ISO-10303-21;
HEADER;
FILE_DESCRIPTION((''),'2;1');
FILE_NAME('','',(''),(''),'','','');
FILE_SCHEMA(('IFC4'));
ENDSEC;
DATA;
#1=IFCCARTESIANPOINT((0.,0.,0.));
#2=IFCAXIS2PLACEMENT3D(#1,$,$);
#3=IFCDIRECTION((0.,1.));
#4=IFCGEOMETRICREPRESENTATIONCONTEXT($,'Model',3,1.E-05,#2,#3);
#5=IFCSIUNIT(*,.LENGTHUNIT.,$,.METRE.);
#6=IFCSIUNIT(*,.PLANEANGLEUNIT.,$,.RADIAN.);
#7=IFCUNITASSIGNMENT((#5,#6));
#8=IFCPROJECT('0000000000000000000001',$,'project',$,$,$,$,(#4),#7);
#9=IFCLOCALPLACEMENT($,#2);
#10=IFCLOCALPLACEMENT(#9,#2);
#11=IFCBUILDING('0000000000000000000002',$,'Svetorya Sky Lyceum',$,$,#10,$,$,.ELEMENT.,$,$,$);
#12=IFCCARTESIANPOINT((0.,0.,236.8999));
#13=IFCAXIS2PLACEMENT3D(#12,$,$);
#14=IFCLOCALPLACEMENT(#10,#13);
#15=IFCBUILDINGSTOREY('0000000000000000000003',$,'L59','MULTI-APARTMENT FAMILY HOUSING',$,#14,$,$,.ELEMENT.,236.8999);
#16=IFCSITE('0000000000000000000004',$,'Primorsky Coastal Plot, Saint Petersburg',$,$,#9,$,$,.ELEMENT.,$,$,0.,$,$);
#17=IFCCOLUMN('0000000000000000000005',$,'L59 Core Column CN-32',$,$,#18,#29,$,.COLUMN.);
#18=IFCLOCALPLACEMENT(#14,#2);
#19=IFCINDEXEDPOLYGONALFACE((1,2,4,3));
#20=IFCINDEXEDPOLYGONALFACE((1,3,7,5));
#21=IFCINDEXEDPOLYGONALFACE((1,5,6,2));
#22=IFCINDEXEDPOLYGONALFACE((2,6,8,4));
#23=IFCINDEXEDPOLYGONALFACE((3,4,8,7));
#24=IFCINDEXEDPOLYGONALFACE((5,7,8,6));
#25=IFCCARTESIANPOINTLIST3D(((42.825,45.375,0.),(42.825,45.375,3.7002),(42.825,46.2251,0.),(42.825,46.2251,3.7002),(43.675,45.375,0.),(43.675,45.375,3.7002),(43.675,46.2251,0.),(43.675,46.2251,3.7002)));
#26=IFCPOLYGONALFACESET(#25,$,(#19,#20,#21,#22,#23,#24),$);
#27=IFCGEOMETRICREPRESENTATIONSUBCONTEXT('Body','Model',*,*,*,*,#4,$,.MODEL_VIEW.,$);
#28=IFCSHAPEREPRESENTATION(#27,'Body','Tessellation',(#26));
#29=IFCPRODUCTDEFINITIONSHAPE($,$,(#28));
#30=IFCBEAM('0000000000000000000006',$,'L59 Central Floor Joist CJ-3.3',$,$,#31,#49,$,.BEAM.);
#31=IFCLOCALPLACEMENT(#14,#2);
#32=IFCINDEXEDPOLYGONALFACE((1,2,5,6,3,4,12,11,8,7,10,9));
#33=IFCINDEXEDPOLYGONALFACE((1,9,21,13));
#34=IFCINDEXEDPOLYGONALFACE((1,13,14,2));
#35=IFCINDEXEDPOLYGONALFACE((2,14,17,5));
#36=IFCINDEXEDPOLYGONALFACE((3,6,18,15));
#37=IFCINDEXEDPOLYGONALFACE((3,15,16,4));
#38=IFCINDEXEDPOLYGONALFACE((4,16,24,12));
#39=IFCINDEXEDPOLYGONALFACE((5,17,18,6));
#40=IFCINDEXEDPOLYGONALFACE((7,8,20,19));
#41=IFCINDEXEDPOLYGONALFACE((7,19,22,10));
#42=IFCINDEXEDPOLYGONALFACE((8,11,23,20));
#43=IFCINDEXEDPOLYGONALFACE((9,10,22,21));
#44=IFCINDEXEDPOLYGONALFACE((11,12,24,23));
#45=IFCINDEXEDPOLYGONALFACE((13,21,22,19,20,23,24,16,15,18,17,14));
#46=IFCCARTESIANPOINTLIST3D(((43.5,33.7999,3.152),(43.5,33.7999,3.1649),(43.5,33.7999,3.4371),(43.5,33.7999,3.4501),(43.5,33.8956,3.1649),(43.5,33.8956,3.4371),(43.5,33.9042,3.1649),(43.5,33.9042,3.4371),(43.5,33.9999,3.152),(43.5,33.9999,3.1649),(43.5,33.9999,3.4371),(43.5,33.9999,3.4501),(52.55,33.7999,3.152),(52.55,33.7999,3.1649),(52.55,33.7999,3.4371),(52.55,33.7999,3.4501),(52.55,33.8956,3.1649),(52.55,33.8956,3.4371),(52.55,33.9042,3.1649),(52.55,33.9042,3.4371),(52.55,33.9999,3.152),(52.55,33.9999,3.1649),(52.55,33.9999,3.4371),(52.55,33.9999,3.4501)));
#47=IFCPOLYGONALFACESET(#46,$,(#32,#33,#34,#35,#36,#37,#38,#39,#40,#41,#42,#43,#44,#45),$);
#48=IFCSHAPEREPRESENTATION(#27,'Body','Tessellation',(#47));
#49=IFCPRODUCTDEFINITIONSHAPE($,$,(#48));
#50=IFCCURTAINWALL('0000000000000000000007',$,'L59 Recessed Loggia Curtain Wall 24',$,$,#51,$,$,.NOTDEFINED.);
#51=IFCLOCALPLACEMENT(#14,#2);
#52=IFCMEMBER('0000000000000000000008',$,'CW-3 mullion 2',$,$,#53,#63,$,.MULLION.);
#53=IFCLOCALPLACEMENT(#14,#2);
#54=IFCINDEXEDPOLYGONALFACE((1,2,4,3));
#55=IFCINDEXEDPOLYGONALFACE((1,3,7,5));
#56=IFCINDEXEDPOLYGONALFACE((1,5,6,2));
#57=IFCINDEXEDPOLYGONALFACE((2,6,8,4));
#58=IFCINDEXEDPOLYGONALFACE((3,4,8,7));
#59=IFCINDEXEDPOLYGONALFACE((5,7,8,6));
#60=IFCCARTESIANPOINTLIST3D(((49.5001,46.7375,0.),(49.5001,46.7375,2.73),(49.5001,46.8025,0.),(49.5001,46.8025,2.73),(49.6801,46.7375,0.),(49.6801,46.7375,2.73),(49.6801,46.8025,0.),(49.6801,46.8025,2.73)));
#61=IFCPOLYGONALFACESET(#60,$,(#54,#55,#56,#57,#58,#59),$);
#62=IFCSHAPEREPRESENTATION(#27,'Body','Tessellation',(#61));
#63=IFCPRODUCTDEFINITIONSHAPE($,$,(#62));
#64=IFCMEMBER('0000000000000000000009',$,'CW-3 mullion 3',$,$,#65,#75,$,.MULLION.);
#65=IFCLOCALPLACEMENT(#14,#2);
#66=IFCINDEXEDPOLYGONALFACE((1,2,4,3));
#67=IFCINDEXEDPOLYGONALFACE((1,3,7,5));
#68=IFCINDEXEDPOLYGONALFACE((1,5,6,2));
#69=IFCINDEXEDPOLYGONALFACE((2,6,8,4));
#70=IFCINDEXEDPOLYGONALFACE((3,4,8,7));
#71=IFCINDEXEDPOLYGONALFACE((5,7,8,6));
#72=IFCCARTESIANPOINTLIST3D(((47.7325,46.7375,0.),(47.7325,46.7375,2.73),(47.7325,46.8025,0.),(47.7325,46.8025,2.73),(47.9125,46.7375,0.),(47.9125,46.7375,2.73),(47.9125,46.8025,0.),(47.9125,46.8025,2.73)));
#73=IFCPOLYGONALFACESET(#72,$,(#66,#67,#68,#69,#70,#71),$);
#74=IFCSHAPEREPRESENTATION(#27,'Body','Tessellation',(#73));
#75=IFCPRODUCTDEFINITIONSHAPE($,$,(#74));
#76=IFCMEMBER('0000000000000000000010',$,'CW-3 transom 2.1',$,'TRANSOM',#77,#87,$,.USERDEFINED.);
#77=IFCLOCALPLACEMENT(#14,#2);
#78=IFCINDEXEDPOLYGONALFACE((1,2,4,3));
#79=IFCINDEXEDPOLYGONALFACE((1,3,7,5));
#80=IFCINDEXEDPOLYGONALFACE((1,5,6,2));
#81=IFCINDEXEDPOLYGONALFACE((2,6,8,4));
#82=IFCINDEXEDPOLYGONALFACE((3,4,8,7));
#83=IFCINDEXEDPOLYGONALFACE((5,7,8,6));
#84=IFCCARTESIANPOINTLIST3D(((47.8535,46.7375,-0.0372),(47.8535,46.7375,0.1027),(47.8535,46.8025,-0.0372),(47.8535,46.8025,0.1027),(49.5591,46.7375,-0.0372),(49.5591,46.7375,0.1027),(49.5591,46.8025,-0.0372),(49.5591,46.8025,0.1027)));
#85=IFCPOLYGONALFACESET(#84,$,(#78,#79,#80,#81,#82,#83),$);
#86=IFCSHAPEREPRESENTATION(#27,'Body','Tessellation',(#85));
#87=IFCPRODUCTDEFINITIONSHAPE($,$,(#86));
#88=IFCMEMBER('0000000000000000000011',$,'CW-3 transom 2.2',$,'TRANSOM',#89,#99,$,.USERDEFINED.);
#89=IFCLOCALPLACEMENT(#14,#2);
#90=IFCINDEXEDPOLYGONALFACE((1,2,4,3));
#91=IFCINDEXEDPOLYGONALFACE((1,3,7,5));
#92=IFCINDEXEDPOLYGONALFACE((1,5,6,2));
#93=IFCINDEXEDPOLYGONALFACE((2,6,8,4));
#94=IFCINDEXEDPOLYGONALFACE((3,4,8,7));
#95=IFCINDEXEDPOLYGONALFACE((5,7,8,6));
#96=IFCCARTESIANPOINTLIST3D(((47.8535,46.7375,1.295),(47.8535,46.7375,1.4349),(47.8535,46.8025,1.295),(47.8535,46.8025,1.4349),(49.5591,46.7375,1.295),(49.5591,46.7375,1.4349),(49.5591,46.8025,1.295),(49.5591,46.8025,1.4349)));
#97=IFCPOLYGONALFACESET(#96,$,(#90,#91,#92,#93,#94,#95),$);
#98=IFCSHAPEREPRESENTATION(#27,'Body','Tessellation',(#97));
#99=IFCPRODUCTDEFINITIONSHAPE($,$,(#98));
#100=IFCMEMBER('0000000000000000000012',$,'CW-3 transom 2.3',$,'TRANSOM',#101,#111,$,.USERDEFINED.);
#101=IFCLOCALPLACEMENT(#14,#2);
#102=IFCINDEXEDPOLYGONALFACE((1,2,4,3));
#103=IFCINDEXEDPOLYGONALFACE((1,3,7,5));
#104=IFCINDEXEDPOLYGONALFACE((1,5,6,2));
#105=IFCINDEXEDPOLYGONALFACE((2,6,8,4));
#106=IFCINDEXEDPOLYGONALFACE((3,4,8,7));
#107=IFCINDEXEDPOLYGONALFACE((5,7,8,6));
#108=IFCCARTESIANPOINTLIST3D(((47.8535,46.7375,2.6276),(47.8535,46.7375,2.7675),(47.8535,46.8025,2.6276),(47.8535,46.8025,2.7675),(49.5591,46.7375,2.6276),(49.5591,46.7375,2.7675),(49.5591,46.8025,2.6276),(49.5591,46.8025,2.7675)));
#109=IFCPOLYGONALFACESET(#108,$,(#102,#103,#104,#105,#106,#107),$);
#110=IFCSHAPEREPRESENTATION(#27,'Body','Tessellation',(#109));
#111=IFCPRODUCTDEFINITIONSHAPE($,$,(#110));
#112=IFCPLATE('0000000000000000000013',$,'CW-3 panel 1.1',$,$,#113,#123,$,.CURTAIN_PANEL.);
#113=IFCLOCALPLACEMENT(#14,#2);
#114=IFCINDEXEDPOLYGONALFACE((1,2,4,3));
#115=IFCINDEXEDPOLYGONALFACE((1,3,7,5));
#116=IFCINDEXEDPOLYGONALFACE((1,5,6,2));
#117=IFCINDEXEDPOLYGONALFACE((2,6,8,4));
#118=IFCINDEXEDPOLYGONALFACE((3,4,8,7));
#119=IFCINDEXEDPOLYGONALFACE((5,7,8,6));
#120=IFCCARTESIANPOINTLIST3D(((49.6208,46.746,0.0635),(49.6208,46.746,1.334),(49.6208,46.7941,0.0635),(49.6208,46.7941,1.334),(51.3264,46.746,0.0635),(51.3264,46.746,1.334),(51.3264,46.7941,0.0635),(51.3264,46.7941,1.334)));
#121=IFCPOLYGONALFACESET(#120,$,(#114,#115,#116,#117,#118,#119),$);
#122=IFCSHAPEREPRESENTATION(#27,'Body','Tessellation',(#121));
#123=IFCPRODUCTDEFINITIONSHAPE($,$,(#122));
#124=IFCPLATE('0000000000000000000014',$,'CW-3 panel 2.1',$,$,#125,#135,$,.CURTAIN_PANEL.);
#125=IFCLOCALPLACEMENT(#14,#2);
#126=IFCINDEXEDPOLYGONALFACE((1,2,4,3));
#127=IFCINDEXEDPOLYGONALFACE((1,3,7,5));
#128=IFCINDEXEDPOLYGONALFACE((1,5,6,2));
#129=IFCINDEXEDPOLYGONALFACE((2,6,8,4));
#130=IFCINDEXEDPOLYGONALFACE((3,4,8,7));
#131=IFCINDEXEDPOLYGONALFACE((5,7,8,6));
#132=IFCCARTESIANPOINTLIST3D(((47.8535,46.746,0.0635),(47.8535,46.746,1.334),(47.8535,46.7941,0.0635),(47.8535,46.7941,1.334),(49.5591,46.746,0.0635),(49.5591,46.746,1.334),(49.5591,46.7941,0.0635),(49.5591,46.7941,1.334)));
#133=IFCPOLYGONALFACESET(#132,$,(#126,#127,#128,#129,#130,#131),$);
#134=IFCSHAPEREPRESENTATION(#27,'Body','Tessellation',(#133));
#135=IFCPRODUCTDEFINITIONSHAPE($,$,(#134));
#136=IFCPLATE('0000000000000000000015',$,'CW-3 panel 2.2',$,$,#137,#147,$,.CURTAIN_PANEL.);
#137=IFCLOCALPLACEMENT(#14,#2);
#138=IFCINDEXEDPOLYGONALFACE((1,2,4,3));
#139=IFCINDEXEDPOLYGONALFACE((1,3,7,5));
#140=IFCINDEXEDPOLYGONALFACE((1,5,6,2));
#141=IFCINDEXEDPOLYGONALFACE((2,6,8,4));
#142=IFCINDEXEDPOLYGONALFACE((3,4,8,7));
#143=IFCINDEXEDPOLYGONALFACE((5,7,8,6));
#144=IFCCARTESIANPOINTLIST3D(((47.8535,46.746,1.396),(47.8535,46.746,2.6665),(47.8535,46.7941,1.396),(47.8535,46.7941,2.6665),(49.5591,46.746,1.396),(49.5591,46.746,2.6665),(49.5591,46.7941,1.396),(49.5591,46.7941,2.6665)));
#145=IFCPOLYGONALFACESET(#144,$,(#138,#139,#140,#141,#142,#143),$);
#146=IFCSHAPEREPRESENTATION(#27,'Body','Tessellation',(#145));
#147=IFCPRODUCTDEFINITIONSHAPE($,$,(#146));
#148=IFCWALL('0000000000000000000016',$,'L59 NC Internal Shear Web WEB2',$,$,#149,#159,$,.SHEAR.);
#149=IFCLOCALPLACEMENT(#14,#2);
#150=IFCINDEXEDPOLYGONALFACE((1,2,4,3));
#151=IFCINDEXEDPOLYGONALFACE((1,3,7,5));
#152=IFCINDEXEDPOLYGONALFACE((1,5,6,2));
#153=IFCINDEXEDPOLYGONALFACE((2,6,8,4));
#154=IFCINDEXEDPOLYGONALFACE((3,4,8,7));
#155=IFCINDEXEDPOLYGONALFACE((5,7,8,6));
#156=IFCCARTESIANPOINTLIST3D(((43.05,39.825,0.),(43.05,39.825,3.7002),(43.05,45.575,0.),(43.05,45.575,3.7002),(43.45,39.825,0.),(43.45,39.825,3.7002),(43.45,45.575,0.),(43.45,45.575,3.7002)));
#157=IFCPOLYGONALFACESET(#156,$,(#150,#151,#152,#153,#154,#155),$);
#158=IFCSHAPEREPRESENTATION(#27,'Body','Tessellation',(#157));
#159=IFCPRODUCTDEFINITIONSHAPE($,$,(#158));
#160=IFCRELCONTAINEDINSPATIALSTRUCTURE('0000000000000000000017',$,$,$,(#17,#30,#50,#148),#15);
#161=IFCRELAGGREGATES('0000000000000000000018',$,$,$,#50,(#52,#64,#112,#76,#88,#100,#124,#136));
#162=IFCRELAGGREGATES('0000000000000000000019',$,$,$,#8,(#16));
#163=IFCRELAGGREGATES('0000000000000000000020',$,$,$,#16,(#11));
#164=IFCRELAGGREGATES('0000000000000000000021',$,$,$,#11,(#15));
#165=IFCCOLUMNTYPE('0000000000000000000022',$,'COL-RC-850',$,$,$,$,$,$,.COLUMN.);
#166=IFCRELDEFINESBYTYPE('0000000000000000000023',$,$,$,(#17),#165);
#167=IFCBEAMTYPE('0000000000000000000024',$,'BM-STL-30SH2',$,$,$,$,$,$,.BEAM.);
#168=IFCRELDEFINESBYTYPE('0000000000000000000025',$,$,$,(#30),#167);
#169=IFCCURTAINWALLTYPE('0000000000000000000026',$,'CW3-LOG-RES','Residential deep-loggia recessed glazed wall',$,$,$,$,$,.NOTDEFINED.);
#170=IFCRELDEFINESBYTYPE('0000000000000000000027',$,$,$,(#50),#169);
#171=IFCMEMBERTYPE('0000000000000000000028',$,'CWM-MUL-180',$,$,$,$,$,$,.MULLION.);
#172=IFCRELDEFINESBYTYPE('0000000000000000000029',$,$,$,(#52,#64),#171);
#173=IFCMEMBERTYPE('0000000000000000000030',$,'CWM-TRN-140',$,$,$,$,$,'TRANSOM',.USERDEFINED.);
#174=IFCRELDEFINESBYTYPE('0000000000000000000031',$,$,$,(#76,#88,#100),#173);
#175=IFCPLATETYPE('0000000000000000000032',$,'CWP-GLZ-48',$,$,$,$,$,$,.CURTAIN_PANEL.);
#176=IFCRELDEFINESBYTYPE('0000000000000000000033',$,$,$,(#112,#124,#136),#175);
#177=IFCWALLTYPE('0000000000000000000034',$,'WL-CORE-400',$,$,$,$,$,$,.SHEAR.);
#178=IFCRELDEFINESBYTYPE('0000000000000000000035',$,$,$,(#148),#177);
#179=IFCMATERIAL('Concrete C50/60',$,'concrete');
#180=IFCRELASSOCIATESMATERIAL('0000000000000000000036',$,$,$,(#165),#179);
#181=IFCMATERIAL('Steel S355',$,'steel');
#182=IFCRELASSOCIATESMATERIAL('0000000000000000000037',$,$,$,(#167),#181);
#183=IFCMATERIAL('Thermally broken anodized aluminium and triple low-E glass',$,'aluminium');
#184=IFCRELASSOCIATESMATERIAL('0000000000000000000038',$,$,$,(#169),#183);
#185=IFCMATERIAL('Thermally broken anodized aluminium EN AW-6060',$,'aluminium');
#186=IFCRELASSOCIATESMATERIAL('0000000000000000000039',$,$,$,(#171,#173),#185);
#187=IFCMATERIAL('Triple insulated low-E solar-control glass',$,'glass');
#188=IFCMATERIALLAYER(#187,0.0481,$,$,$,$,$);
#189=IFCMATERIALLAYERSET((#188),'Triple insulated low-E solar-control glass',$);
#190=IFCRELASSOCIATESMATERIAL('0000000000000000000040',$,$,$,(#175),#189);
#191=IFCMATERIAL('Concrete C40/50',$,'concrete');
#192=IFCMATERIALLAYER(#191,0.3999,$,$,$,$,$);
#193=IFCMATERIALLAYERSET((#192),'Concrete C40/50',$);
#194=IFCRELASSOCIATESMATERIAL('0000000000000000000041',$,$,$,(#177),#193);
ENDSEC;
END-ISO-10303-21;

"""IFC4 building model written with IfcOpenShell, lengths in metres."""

from ifc_helpers import new_model, si_unit, direction, frame, frame_2d, origin, origin_2d, place, context, subcontext, project, spatial, rectangle, i_section, extrude, material, layer, layer_set, material_profile, profile_set, type_object, element, aggregate, save


model = new_model("IFC4")

# Units and contexts
model_context = context("Model", 3, precision=1e-05, world=origin(), true_north=direction((0.0, 1.0)))
body_context = subcontext(model_context, "Body", "Model", "MODEL_VIEW")
ifc_project = project(units=[si_unit("LENGTHUNIT", "METRE"), si_unit("PLANEANGLEUNIT", "RADIAN")], contexts=[model_context])

# Site, building, storey
site_placement = place(None, origin())
site = spatial("IfcSite", under=ifc_project, at=site_placement, Name="Primorsky Coastal Plot, Saint Petersburg", CompositionType="ELEMENT", RefElevation=0.0)
building_placement = place(site_placement, origin())
building = spatial("IfcBuilding", under=site, at=building_placement, Name="Svetorya Sky Lyceum", CompositionType="ELEMENT")
storey_placement = place(building_placement, frame((0.0, 0.0, 236.8999)))
storey = spatial("IfcBuildingStorey", under=building, at=storey_placement, Name="L59", Description="MULTI-APARTMENT FAMILY HOUSING", CompositionType="ELEMENT", Elevation=236.8999)

# Column
ifc_material_1 = material(Name="Concrete C50/60", Category="concrete")
ifc_material_profile_1 = material_profile(ifc_material_1, rectangle(XDim=0.8501, YDim=0.8501, at=origin_2d()), Name="RC COL 850x850")
ifc_profile_set_1 = profile_set([ifc_material_profile_1], Name="Concrete C50/60")
column_type = type_object("IfcColumnType", Name="COL-RC-850", PredefinedType="COLUMN", material=ifc_profile_set_1)
column_placement = place(storey_placement, frame((43.25, 45.8, 0.0), z_axis=(0.0, 0.0, 1.0), x_axis=(1.0, 0.0, 0.0)))
element("IfcColumn", 1, at=column_placement, inside=storey, type_object=column_type, Name="L59 Core Column CN-32", PredefinedType="COLUMN", context=body_context, shape_type="SweptSolid", body=[
    extrude(rectangle(XDim=0.8501, YDim=0.8501, at=origin_2d()), origin(), (0.0, 0.0, 1.0), 3.7002),
])

# Beam
ifc_material_2 = material(Name="Steel S355", Category="steel")
ifc_material_profile_2 = material_profile(ifc_material_2, i_section(OverallWidth=0.2, OverallDepth=0.2981, WebThickness=0.0085, FlangeThickness=0.0129, at=origin_2d()), Name="GOST 30Sh2")
ifc_profile_set_2 = profile_set([ifc_material_profile_2], Name="Steel S355")
beam_type = type_object("IfcBeamType", Name="BM-STL-30SH2", PredefinedType="BEAM", material=ifc_profile_set_2)
beam_placement = place(storey_placement, frame((43.5, 33.8999, 3.301), z_axis=(1.0, 0.0, 0.0), x_axis=(0.0, 1.0, 0.0)))
element("IfcBeam", 2, at=beam_placement, inside=storey, type_object=beam_type, Name="L59 Central Floor Joist CJ-3.3", PredefinedType="BEAM", context=body_context, shape_type="SweptSolid", body=[
    extrude(i_section(OverallWidth=0.2, OverallDepth=0.2981, WebThickness=0.0085, FlangeThickness=0.0129, at=origin_2d()), origin(), (0.0, 0.0, 1.0), 9.05),
])

# Curtain wall, members, plates
ifc_material_3 = material(Name="Thermally broken anodized aluminium and triple low-E glass", Category="aluminium")
curtain_wall_type = type_object("IfcCurtainWallType", Name="CW3-LOG-RES", Description="Residential deep-loggia recessed glazed wall", PredefinedType="NOTDEFINED", material=ifc_material_3)
curtain_wall_placement = place(storey_placement, origin())
curtain_wall = element("IfcCurtainWall", 3, at=curtain_wall_placement, inside=storey, type_object=curtain_wall_type, Name="L59 Recessed Loggia Curtain Wall 24", PredefinedType="NOTDEFINED")
ifc_material_4 = material(Name="Thermally broken anodized aluminium EN AW-6060", Category="aluminium")
ifc_material_profile_3 = material_profile(ifc_material_4, rectangle(XDim=0.0649, YDim=0.1799, at=origin_2d()), Name="ALU MULLION 65x180")
ifc_profile_set_3 = profile_set([ifc_material_profile_3], Name="Thermally broken anodized aluminium EN AW-6060")
member_type_1 = type_object("IfcMemberType", Name="CWM-MUL-180", PredefinedType="MULLION", material=ifc_profile_set_3)
member_1_placement = place(storey_placement, frame((49.5901, 46.77, 0.0), z_axis=(0.0, 0.0, 1.0), x_axis=(0.0, -1.0, 0.0)))
member_1 = element("IfcMember", 4, at=member_1_placement, type_object=member_type_1, Name="CW-3 mullion 2", PredefinedType="MULLION", context=body_context, shape_type="SweptSolid", body=[
    extrude(rectangle(XDim=0.0649, YDim=0.1799, at=origin_2d()), origin(), (0.0, 0.0, 1.0), 2.73),
])
member_2_placement = place(storey_placement, frame((47.8225, 46.77, 0.0), z_axis=(0.0, 0.0, 1.0), x_axis=(0.0, -1.0, 0.0)))
member_2 = element("IfcMember", 5, at=member_2_placement, type_object=member_type_1, Name="CW-3 mullion 3", PredefinedType="MULLION", context=body_context, shape_type="SweptSolid", body=[
    extrude(rectangle(XDim=0.0649, YDim=0.1799, at=origin_2d()), origin(), (0.0, 0.0, 1.0), 2.73),
])
ifc_material_profile_4 = material_profile(ifc_material_4, rectangle(XDim=0.0649, YDim=0.1399, at=origin_2d()), Name="ALU TRANSOM 65x140")
ifc_profile_set_4 = profile_set([ifc_material_profile_4], Name="Thermally broken anodized aluminium EN AW-6060")
member_type_2 = type_object("IfcMemberType", Name="CWM-TRN-140", ElementType="TRANSOM", PredefinedType="USERDEFINED", material=ifc_profile_set_4)
member_3_placement = place(storey_placement, frame((49.5591, 46.77, 0.0327), z_axis=(-1.0, 0.0, 0.0), x_axis=(0.0, -1.0, 0.0)))
member_3 = element("IfcMember", 6, at=member_3_placement, type_object=member_type_2, Name="CW-3 transom 2.1", ObjectType="TRANSOM", PredefinedType="USERDEFINED", context=body_context, shape_type="SweptSolid", body=[
    extrude(rectangle(XDim=0.0649, YDim=0.1399, at=origin_2d()), origin(), (0.0, 0.0, 1.0), 1.7056),
])
member_4_placement = place(storey_placement, frame((49.5591, 46.77, 1.365), z_axis=(-1.0, 0.0, 0.0), x_axis=(0.0, -1.0, 0.0)))
member_4 = element("IfcMember", 7, at=member_4_placement, type_object=member_type_2, Name="CW-3 transom 2.2", ObjectType="TRANSOM", PredefinedType="USERDEFINED", context=body_context, shape_type="SweptSolid", body=[
    extrude(rectangle(XDim=0.0649, YDim=0.1399, at=origin_2d()), origin(), (0.0, 0.0, 1.0), 1.7056),
])
member_5_placement = place(storey_placement, frame((49.5591, 46.77, 2.6975), z_axis=(-1.0, 0.0, 0.0), x_axis=(0.0, -1.0, 0.0)))
member_5 = element("IfcMember", 8, at=member_5_placement, type_object=member_type_2, Name="CW-3 transom 2.3", ObjectType="TRANSOM", PredefinedType="USERDEFINED", context=body_context, shape_type="SweptSolid", body=[
    extrude(rectangle(XDim=0.0649, YDim=0.1399, at=origin_2d()), origin(), (0.0, 0.0, 1.0), 1.7056),
])
ifc_material_5 = material(Name="Triple insulated low-E solar-control glass", Category="glass")
ifc_layer_1 = layer(ifc_material_5, 0.0481)
ifc_layer_set_1 = layer_set([ifc_layer_1], Name="Triple insulated low-E solar-control glass")
plate_type = type_object("IfcPlateType", Name="CWP-GLZ-48", PredefinedType="CURTAIN_PANEL", material=ifc_layer_set_1)
plate_1_placement = place(storey_placement, frame((50.4736, 46.77, 0.0635), z_axis=(0.0, 0.0, 1.0), x_axis=(-1.0, 0.0, 0.0)))
plate_1 = element("IfcPlate", 9, at=plate_1_placement, type_object=plate_type, Name="CW-3 panel 1.1", PredefinedType="CURTAIN_PANEL", context=body_context, shape_type="SweptSolid", body=[
    extrude(rectangle(XDim=1.7056, YDim=0.0481, at=origin_2d()), origin(), (0.0, 0.0, 1.0), 1.2705),
])
plate_2_placement = place(storey_placement, frame((48.7063, 46.77, 0.0635), z_axis=(0.0, 0.0, 1.0), x_axis=(-1.0, 0.0, 0.0)))
plate_2 = element("IfcPlate", 10, at=plate_2_placement, type_object=plate_type, Name="CW-3 panel 2.1", PredefinedType="CURTAIN_PANEL", context=body_context, shape_type="SweptSolid", body=[
    extrude(rectangle(XDim=1.7056, YDim=0.0481, at=origin_2d()), origin(), (0.0, 0.0, 1.0), 1.2705),
])
plate_3_placement = place(storey_placement, frame((48.7063, 46.77, 1.396), z_axis=(0.0, 0.0, 1.0), x_axis=(-1.0, 0.0, 0.0)))
plate_3 = element("IfcPlate", 11, at=plate_3_placement, type_object=plate_type, Name="CW-3 panel 2.2", PredefinedType="CURTAIN_PANEL", context=body_context, shape_type="SweptSolid", body=[
    extrude(rectangle(XDim=1.7056, YDim=0.0481, at=origin_2d()), origin(), (0.0, 0.0, 1.0), 1.2705),
])
aggregate(curtain_wall, [member_1, member_2, plate_1, member_3, member_4, member_5, plate_2, plate_3])

# Wall
ifc_material_6 = material(Name="Concrete C40/50", Category="concrete")
ifc_layer_2 = layer(ifc_material_6, 0.3999)
ifc_layer_set_2 = layer_set([ifc_layer_2], Name="Concrete C40/50")
wall_type_1 = type_object("IfcWallType", Name="WL-CORE-400", PredefinedType="SHEAR", material=ifc_layer_set_2)
wall_1_placement = place(storey_placement, frame((43.25, 39.825, 0.0), z_axis=(0.0, 0.0, 1.0), x_axis=(0.0, 1.0, 0.0)))
element("IfcWall", 12, at=wall_1_placement, inside=storey, type_object=wall_type_1, Name="L59 NC Internal Shear Web WEB2", PredefinedType="SHEAR", context=body_context, shape_type="SweptSolid", body=[
    extrude(rectangle(XDim=5.75, YDim=0.3999, at=frame_2d((2.875, 0.0))), origin(), (0.0, 0.0, 1.0), 3.7002),
])

save(model, "model.ifc")
